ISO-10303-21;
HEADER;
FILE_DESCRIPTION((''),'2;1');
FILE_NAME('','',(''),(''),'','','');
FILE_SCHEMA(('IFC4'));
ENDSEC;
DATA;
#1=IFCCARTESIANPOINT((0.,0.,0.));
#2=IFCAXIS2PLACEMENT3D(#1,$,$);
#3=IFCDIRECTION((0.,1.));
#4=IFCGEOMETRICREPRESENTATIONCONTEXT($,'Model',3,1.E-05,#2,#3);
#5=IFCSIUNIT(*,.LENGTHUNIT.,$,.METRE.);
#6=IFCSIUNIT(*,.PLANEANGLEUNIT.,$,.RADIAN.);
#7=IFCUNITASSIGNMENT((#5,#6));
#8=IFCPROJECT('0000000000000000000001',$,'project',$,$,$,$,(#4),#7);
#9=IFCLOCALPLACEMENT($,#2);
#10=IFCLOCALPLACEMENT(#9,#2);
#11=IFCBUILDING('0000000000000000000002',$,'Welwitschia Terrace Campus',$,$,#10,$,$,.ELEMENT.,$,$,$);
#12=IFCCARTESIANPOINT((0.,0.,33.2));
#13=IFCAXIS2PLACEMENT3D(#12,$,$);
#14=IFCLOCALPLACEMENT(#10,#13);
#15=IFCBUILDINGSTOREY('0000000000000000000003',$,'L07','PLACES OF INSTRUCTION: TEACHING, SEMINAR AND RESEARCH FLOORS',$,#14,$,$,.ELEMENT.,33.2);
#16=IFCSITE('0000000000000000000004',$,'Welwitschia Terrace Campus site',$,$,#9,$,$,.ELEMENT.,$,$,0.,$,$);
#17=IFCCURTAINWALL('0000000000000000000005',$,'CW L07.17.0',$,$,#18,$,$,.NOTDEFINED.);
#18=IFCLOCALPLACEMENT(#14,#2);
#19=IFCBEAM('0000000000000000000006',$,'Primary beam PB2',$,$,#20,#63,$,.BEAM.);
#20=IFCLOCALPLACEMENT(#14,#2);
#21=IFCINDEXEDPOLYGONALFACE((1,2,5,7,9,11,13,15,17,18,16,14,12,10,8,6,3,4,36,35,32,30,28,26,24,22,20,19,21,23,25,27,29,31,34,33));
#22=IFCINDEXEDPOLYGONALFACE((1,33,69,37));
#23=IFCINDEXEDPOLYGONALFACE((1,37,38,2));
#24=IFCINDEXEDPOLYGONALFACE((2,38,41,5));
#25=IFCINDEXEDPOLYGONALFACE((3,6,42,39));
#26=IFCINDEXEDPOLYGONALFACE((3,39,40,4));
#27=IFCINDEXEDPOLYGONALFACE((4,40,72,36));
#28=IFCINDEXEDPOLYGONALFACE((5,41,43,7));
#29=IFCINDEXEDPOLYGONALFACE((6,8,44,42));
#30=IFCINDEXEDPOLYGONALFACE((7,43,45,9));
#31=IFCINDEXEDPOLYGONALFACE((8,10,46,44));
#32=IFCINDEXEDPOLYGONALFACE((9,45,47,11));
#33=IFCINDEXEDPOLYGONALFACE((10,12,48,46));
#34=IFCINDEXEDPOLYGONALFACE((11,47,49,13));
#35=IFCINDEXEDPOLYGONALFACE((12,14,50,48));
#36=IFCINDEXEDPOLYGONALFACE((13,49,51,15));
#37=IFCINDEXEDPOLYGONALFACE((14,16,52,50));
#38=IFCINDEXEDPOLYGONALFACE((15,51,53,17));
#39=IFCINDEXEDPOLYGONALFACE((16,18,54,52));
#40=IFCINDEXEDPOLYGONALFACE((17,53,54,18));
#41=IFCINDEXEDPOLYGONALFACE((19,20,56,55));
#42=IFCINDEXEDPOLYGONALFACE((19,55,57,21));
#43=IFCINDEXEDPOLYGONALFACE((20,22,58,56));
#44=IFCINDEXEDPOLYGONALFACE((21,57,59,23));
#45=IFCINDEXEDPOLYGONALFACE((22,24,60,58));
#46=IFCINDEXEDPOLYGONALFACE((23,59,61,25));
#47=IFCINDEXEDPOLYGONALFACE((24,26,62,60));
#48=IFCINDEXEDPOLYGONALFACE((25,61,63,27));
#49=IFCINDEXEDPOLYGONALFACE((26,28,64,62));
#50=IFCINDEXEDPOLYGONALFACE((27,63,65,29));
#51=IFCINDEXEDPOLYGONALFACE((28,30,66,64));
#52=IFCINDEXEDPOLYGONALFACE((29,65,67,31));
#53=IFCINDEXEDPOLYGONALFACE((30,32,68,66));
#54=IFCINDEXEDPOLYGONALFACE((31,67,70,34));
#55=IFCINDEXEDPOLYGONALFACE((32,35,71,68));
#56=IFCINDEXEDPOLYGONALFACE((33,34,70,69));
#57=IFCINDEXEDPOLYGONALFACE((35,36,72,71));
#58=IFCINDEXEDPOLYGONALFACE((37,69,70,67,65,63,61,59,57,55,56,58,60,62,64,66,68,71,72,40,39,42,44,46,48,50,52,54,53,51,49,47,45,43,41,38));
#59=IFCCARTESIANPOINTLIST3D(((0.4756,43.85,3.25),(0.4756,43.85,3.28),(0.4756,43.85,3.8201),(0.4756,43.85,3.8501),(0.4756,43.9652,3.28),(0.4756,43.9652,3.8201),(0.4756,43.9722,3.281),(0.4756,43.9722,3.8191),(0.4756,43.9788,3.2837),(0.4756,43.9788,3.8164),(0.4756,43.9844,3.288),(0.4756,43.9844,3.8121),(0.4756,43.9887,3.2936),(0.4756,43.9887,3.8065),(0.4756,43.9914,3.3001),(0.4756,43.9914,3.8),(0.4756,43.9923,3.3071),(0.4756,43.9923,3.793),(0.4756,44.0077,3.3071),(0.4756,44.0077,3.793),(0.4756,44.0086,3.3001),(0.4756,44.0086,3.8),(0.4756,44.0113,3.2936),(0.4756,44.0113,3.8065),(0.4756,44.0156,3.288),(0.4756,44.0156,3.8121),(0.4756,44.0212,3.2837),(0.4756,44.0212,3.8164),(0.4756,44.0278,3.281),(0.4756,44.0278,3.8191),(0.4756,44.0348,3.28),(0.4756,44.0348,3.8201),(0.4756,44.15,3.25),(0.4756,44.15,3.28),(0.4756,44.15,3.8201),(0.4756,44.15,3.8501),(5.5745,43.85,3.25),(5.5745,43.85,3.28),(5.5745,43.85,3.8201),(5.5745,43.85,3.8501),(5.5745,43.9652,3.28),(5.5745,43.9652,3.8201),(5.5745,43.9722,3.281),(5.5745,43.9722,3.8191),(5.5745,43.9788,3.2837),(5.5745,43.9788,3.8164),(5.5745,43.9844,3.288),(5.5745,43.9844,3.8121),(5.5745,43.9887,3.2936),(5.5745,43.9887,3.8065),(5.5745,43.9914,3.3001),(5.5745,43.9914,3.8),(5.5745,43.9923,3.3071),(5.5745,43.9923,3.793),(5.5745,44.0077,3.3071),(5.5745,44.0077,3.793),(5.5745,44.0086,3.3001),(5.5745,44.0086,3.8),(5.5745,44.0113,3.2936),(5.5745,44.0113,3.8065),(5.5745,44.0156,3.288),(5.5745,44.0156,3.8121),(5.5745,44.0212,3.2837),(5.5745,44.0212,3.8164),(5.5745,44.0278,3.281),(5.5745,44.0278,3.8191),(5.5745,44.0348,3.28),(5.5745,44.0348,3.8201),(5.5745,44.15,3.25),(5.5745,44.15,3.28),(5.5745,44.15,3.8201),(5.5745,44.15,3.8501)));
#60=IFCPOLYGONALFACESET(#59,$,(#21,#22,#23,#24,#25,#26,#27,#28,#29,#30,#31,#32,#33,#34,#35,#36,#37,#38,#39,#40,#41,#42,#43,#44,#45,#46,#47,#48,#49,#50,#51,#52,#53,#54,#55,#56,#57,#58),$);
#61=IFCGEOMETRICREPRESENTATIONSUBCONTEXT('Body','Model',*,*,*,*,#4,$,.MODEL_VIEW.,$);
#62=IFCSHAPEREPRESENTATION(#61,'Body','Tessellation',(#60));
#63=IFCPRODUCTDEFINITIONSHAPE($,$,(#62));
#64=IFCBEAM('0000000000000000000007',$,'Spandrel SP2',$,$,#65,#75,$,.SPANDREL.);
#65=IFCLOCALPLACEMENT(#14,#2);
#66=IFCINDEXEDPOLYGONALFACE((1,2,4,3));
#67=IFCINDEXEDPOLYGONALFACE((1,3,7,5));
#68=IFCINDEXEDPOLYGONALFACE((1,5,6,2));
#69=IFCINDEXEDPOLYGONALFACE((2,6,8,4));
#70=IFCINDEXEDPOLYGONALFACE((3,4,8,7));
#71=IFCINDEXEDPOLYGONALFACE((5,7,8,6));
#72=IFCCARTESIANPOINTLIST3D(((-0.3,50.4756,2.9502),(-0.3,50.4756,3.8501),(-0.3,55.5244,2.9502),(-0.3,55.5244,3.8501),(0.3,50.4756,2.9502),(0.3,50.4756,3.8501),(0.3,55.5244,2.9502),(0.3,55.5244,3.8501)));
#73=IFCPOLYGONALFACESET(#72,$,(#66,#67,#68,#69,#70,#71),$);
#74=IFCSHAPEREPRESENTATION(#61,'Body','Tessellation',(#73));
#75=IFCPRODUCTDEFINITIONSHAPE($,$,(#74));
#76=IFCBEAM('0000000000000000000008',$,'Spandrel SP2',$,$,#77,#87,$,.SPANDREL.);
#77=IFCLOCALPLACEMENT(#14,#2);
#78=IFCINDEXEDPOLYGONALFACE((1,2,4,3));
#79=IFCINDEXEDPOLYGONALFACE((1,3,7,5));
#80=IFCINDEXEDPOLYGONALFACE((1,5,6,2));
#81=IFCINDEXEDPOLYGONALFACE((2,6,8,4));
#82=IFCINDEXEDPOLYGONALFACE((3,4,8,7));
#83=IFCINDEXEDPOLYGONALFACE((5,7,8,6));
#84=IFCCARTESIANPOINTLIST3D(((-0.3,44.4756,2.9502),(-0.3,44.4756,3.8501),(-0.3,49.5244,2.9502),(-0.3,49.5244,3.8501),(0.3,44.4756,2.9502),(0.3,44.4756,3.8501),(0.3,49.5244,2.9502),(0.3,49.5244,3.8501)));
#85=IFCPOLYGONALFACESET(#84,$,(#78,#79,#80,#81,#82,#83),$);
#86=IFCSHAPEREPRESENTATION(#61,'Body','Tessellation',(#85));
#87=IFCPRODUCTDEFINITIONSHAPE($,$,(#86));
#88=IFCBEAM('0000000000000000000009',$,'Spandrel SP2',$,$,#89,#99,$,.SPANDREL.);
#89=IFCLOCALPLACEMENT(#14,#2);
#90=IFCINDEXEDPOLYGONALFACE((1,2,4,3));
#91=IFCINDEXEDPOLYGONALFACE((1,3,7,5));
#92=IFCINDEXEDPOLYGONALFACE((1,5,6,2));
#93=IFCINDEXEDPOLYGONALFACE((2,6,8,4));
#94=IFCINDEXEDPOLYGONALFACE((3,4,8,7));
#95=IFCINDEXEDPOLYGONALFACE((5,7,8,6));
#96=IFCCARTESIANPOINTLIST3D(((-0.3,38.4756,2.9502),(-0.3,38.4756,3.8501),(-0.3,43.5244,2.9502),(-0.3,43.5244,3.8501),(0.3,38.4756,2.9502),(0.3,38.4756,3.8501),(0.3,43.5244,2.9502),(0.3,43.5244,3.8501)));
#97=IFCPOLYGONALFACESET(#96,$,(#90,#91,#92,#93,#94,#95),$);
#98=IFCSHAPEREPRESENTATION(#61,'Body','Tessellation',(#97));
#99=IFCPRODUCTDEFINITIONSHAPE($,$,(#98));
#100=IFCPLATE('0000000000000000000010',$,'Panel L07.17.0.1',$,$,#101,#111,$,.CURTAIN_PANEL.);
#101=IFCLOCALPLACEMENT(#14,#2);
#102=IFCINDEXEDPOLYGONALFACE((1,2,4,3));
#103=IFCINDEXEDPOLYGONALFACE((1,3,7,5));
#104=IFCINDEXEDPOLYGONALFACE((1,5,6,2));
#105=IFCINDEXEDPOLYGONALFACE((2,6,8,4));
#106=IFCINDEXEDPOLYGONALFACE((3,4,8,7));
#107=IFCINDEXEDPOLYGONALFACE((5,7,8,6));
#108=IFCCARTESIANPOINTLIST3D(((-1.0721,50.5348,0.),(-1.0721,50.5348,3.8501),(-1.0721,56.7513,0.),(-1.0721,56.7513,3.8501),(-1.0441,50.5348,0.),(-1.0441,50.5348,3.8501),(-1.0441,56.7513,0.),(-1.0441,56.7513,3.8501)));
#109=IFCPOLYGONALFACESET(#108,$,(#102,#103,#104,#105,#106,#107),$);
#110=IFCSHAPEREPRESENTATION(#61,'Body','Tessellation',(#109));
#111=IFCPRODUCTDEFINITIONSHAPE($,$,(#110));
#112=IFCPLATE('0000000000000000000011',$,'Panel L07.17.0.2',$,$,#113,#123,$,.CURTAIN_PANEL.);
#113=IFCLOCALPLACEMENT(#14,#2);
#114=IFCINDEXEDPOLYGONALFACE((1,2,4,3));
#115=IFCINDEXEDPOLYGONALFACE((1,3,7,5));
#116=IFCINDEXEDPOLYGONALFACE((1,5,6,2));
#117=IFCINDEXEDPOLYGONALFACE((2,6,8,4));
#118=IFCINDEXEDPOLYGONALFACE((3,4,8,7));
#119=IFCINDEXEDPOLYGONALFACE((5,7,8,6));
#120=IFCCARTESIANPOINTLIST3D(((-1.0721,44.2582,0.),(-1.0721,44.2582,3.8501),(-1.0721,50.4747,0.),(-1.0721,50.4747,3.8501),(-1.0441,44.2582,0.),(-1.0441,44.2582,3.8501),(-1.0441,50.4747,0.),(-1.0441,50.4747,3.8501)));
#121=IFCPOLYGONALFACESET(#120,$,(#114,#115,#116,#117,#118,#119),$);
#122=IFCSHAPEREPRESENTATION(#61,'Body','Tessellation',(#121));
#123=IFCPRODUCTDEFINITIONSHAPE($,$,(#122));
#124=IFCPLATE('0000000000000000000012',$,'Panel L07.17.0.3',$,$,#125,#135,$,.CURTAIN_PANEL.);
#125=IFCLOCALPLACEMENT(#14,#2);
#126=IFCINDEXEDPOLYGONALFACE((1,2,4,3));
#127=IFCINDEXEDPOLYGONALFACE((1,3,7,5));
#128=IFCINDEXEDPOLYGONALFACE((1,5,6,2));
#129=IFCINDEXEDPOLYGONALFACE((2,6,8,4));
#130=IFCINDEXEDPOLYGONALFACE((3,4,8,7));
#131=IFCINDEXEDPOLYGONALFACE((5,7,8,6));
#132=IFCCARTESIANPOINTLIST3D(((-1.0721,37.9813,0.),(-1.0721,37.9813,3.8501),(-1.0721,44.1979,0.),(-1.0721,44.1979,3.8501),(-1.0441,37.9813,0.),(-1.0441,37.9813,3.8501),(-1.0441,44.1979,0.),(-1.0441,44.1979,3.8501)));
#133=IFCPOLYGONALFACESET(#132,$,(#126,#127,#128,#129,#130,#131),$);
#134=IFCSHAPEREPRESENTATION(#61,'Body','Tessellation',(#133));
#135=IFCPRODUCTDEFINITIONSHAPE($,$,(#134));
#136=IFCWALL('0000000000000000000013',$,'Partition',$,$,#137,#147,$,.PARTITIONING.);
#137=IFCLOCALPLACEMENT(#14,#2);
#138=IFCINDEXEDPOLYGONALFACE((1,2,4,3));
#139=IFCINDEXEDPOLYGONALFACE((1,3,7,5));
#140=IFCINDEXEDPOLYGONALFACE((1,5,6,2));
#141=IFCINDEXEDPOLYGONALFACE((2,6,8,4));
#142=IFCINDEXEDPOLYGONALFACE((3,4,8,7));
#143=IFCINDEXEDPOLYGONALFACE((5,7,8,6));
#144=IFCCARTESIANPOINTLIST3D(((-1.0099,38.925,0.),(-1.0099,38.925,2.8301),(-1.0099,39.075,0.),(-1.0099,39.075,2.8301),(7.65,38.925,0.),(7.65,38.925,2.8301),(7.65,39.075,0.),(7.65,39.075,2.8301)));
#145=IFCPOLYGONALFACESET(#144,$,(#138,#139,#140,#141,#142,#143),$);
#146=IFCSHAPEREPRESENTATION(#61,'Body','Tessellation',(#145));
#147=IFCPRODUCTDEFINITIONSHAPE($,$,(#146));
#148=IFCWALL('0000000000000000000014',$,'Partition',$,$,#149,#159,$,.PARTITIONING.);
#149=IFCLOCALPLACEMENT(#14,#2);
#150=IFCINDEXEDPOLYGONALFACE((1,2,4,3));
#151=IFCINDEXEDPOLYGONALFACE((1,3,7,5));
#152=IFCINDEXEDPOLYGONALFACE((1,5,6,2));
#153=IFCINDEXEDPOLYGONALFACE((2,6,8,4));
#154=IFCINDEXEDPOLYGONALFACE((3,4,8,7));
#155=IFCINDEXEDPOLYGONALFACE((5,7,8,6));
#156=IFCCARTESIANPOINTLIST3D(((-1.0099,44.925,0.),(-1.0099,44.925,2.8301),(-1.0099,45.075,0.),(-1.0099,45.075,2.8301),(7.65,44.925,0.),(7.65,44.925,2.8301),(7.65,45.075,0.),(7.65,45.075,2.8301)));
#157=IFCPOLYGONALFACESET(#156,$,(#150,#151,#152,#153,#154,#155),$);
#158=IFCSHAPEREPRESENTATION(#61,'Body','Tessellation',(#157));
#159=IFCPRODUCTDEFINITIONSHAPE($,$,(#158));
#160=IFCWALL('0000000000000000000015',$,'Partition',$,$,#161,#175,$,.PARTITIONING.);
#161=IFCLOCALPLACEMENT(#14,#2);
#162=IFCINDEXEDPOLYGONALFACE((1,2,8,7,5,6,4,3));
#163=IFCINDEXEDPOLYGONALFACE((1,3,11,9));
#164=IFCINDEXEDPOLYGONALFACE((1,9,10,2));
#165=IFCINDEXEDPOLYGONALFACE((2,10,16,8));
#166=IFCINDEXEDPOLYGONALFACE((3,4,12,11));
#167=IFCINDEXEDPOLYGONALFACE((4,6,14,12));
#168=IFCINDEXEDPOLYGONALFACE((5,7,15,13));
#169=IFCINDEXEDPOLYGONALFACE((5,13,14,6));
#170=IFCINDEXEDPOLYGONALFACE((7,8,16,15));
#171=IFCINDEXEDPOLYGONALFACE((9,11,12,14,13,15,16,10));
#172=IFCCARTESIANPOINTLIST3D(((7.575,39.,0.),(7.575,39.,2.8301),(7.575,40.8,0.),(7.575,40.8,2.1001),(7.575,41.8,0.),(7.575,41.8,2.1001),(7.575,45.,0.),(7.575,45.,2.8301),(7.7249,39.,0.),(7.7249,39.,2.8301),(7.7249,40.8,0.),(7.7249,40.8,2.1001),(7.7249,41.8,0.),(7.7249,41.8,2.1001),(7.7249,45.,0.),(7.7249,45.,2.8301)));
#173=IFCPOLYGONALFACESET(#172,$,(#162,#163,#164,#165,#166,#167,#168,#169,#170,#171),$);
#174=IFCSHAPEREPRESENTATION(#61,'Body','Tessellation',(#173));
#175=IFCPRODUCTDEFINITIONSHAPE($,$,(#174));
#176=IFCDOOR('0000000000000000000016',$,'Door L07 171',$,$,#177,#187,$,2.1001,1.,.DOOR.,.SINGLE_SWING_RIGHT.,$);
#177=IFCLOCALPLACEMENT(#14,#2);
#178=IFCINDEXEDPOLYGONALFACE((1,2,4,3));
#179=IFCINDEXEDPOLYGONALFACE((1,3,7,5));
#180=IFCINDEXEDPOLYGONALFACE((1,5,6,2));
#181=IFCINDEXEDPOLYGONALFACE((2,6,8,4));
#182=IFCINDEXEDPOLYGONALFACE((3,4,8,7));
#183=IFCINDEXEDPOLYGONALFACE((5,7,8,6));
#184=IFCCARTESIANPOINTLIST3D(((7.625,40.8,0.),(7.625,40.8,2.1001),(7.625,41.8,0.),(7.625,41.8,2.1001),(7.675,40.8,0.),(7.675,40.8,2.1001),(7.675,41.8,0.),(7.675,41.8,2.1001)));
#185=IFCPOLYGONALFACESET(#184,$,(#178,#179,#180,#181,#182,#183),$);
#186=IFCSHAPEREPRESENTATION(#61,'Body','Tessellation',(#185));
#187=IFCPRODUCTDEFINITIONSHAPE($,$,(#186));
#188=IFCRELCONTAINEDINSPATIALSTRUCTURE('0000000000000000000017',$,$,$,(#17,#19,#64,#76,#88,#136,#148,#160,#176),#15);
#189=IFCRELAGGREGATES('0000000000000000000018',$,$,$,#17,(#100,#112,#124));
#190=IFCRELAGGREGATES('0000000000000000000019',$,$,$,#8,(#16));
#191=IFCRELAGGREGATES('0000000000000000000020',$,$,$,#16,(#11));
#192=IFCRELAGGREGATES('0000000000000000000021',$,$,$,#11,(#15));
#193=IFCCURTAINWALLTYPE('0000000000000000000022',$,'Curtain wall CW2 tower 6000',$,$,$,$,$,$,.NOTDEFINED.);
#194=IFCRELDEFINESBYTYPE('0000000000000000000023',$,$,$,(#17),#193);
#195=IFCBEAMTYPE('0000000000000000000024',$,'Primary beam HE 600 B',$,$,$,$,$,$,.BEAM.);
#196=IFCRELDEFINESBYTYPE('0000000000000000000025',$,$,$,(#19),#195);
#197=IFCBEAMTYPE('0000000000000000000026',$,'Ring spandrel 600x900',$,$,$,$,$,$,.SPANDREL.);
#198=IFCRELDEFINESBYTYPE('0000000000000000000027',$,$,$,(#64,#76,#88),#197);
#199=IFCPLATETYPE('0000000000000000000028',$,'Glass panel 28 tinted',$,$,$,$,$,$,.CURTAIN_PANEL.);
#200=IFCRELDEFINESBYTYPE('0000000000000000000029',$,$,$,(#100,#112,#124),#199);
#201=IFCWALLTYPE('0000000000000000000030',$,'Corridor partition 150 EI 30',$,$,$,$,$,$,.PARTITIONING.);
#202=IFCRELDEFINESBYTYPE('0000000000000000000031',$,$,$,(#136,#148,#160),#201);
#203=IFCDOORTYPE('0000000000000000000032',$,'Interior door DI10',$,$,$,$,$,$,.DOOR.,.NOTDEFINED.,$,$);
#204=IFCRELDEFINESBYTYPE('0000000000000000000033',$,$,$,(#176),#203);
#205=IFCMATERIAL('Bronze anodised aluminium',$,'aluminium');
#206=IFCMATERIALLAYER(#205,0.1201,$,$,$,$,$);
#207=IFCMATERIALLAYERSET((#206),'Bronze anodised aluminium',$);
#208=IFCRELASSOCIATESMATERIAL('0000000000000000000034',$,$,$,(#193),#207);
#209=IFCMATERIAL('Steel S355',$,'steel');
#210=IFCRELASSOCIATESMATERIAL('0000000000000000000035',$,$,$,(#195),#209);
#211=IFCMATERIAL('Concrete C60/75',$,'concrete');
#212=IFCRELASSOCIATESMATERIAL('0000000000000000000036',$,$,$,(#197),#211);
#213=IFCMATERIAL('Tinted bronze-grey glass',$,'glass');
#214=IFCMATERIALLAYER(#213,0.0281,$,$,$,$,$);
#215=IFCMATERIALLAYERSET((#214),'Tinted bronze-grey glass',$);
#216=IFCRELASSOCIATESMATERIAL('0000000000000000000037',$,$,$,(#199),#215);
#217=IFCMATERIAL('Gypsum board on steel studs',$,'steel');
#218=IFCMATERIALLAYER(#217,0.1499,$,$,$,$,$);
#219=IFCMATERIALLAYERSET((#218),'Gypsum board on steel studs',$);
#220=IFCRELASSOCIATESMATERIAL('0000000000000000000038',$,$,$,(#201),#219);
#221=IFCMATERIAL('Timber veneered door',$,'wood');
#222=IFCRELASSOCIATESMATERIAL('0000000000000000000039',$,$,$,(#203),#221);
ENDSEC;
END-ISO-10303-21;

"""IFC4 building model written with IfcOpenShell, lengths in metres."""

from ifc_helpers import new_model, si_unit, direction, frame, frame_2d, origin, origin_2d, place, context, subcontext, project, spatial, rectangle, i_section, extrude, material, layer, layer_set, material_profile, profile_set, type_object, element, fill, aggregate, save


model = new_model("IFC4")

# Units and contexts
model_context = context("Model", 3, precision=1e-05, world=origin(), true_north=direction((0.0, 1.0)))
body_context = subcontext(model_context, "Body", "Model", "MODEL_VIEW")
ifc_project = project(units=[si_unit("LENGTHUNIT", "METRE"), si_unit("PLANEANGLEUNIT", "RADIAN")], contexts=[model_context])

# Site, building, storey
site_placement = place(None, origin())
site = spatial("IfcSite", under=ifc_project, at=site_placement, Name="Welwitschia Terrace Campus site", CompositionType="ELEMENT", RefElevation=0.0)
building_placement = place(site_placement, origin())
building = spatial("IfcBuilding", under=site, at=building_placement, Name="Welwitschia Terrace Campus", CompositionType="ELEMENT")
storey_placement = place(building_placement, frame((0.0, 0.0, 33.2)))
storey = spatial("IfcBuildingStorey", under=building, at=storey_placement, Name="L07", Description="PLACES OF INSTRUCTION: TEACHING, SEMINAR AND RESEARCH FLOORS", CompositionType="ELEMENT", Elevation=33.2)

# Curtain wall
ifc_material_1 = material(Name="Bronze anodised aluminium", Category="aluminium")
ifc_layer_1 = layer(ifc_material_1, 0.1201)
ifc_layer_set_1 = layer_set([ifc_layer_1], Name="Bronze anodised aluminium")
curtain_wall_type = type_object("IfcCurtainWallType", Name="Curtain wall CW2 tower 6000", PredefinedType="NOTDEFINED", material=ifc_layer_set_1)
curtain_wall_placement = place(storey_placement, origin())
curtain_wall = element("IfcCurtainWall", 1, at=curtain_wall_placement, inside=storey, type_object=curtain_wall_type, Name="CW L07.17.0", PredefinedType="NOTDEFINED")

# Beams
ifc_material_2 = material(Name="Steel S355", Category="steel")
ifc_material_profile_1 = material_profile(ifc_material_2, i_section(OverallWidth=0.3, OverallDepth=0.6001, WebThickness=0.0154, FlangeThickness=0.03, FilletRadius=0.0271, at=origin_2d()))
ifc_profile_set_1 = profile_set([ifc_material_profile_1], Name="Steel S355")
beam_type_1 = type_object("IfcBeamType", Name="Primary beam HE 600 B", PredefinedType="BEAM", material=ifc_profile_set_1)
for number, where, z_axis, x_axis, name in (
    (2, (0.4756, 44.0, 3.55), (1.0, 0.0, 0.0), (0.0, 1.0, 0.0), "Primary beam PB2"),
):
    element("IfcBeam", number, at=place(storey_placement, frame(where, z_axis=z_axis, x_axis=x_axis)), inside=storey, type_object=beam_type_1, Name=name, PredefinedType="BEAM", context=body_context, shape_type="SweptSolid", body=[
        extrude(i_section(OverallWidth=0.3, OverallDepth=0.6001, WebThickness=0.0154, FlangeThickness=0.03, FilletRadius=0.0271, at=origin_2d()), origin(), (0.0, 0.0, 1.0), 5.0989),
    ])
ifc_material_3 = material(Name="Concrete C60/75", Category="concrete")
ifc_material_profile_2 = material_profile(ifc_material_3, rectangle(XDim=0.6001, YDim=0.8999, at=origin_2d()))
ifc_profile_set_2 = profile_set([ifc_material_profile_2], Name="Concrete C60/75")
beam_type_2 = type_object("IfcBeamType", Name="Ring spandrel 600x900", PredefinedType="SPANDREL", material=ifc_profile_set_2)
for number, where, z_axis, x_axis, name in (
    (3, (0.0, 55.5244, 3.4001), (0.0, -1.0, 0.0), (1.0, 0.0, 0.0), "Spandrel SP2"),
    (4, (0.0, 49.5244, 3.4001), (0.0, -1.0, 0.0), (1.0, 0.0, 0.0), "Spandrel SP2"),
    (5, (0.0, 43.5244, 3.4001), (0.0, -1.0, 0.0), (1.0, 0.0, 0.0), "Spandrel SP2"),
):
    element("IfcBeam", number, at=place(storey_placement, frame(where, z_axis=z_axis, x_axis=x_axis)), inside=storey, type_object=beam_type_2, Name=name, PredefinedType="SPANDREL", context=body_context, shape_type="SweptSolid", body=[
        extrude(rectangle(XDim=0.6001, YDim=0.8999, at=origin_2d()), origin(), (0.0, 0.0, 1.0), 5.0488),
    ])

# Plates
ifc_material_4 = material(Name="Tinted bronze-grey glass", Category="glass")
ifc_layer_2 = layer(ifc_material_4, 0.0281)
ifc_layer_set_2 = layer_set([ifc_layer_2], Name="Tinted bronze-grey glass")
plate_type = type_object("IfcPlateType", Name="Glass panel 28 tinted", PredefinedType="CURTAIN_PANEL", material=ifc_layer_set_2)
plate_1_placement = place(storey_placement, frame((-1.0581, 53.6431, 0.0), z_axis=(0.0, 0.0, 1.0), x_axis=(0.0, -1.0, 0.0)))
plate_1 = element("IfcPlate", 6, at=plate_1_placement, type_object=plate_type, Name="Panel L07.17.0.1", PredefinedType="CURTAIN_PANEL", context=body_context, shape_type="SweptSolid", body=[
    extrude(rectangle(XDim=6.2166, YDim=0.0281, at=origin_2d()), origin(), (0.0, 0.0, 1.0), 3.8501),
])
plate_2_placement = place(storey_placement, frame((-1.0581, 47.3665, 0.0), z_axis=(0.0, 0.0, 1.0), x_axis=(0.0, -1.0, 0.0)))
plate_2 = element("IfcPlate", 7, at=plate_2_placement, type_object=plate_type, Name="Panel L07.17.0.2", PredefinedType="CURTAIN_PANEL", context=body_context, shape_type="SweptSolid", body=[
    extrude(rectangle(XDim=6.2166, YDim=0.0281, at=origin_2d()), origin(), (0.0, 0.0, 1.0), 3.8501),
])
plate_3_placement = place(storey_placement, frame((-1.0581, 41.0896, 0.0), z_axis=(0.0, 0.0, 1.0), x_axis=(0.0, -1.0, 0.0)))
plate_3 = element("IfcPlate", 8, at=plate_3_placement, type_object=plate_type, Name="Panel L07.17.0.3", PredefinedType="CURTAIN_PANEL", context=body_context, shape_type="SweptSolid", body=[
    extrude(rectangle(XDim=6.2166, YDim=0.0281, at=origin_2d()), origin(), (0.0, 0.0, 1.0), 3.8501),
])
aggregate(curtain_wall, [plate_1, plate_2, plate_3])

# Walls
ifc_material_5 = material(Name="Gypsum board on steel studs", Category="steel")
ifc_layer_3 = layer(ifc_material_5, 0.1499)
ifc_layer_set_3 = layer_set([ifc_layer_3], Name="Gypsum board on steel studs")
wall_type = type_object("IfcWallType", Name="Corridor partition 150 EI 30", PredefinedType="PARTITIONING", material=ifc_layer_set_3)
for number, where, z_axis, x_axis, name in (
    (9, (-1.01, 39.0, 0.0), (0.0, 0.0, 1.0), (1.0, 0.0, 0.0), "Partition"),
    (10, (-1.01, 45.0, 0.0), (0.0, 0.0, 1.0), (1.0, 0.0, 0.0), "Partition"),
):
    element("IfcWall", number, at=place(storey_placement, frame(where, z_axis=z_axis, x_axis=x_axis)), inside=storey, type_object=wall_type, Name=name, PredefinedType="PARTITIONING", context=body_context, shape_type="SweptSolid", body=[
        extrude(rectangle(XDim=8.6599, YDim=0.1499, at=frame_2d((4.3301, 0.0))), origin(), (0.0, 0.0, 1.0), 2.8301),
    ])

# Wall, opening, door
wall_1_placement = place(storey_placement, frame((7.6499, 39.0, 0.0), z_axis=(0.0, 0.0, 1.0), x_axis=(0.0, 1.0, 0.0)))
wall_1 = element("IfcWall", 11, at=wall_1_placement, inside=storey, type_object=wall_type, Name="Partition", PredefinedType="PARTITIONING", context=body_context, shape_type="SweptSolid", body=[
    extrude(rectangle(XDim=6.0, YDim=0.1499, at=frame_2d((3.0, 0.0))), origin(), (0.0, 0.0, 1.0), 2.8301),
])
opening_1_placement = place(wall_1_placement, frame((1.8, 0.0, 0.0)))
opening_1 = element("IfcOpeningElement", 12, at=opening_1_placement, cuts=wall_1, PredefinedType="OPENING", context=body_context, shape_type="SweptSolid", body=[
    extrude(rectangle(XDim=1.0, YDim=2.1001, at=frame_2d((0.5, 1.05))), frame((0.0, 0.085, 0.0), z_axis=(0.0, -1.0, 0.0), x_axis=(1.0, 0.0, 0.0)), (0.0, 0.0, 1.0), 0.1699),
])
ifc_material_6 = material(Name="Timber veneered door", Category="wood")
door_type_1 = type_object("IfcDoorType", Name="Interior door DI10", OperationType="NOTDEFINED", PredefinedType="DOOR", material=ifc_material_6)
door_1_placement = place(opening_1_placement, origin())
door_1 = element("IfcDoor", 13, at=door_1_placement, inside=storey, type_object=door_type_1, Name="Door L07 171", OperationType="SINGLE_SWING_RIGHT", OverallHeight=2.1001, OverallWidth=1.0, PredefinedType="DOOR", context=body_context, shape_type="SweptSolid", body=[
    extrude(rectangle(XDim=1.0, YDim=2.1001, at=frame_2d((0.5, 1.05))), frame((0.0, 0.0249, 0.0), z_axis=(0.0, -1.0, 0.0), x_axis=(1.0, 0.0, 0.0)), (0.0, 0.0, 1.0), 0.05),
])
fill(opening_1, door_1)

save(model, "model.ifc")
